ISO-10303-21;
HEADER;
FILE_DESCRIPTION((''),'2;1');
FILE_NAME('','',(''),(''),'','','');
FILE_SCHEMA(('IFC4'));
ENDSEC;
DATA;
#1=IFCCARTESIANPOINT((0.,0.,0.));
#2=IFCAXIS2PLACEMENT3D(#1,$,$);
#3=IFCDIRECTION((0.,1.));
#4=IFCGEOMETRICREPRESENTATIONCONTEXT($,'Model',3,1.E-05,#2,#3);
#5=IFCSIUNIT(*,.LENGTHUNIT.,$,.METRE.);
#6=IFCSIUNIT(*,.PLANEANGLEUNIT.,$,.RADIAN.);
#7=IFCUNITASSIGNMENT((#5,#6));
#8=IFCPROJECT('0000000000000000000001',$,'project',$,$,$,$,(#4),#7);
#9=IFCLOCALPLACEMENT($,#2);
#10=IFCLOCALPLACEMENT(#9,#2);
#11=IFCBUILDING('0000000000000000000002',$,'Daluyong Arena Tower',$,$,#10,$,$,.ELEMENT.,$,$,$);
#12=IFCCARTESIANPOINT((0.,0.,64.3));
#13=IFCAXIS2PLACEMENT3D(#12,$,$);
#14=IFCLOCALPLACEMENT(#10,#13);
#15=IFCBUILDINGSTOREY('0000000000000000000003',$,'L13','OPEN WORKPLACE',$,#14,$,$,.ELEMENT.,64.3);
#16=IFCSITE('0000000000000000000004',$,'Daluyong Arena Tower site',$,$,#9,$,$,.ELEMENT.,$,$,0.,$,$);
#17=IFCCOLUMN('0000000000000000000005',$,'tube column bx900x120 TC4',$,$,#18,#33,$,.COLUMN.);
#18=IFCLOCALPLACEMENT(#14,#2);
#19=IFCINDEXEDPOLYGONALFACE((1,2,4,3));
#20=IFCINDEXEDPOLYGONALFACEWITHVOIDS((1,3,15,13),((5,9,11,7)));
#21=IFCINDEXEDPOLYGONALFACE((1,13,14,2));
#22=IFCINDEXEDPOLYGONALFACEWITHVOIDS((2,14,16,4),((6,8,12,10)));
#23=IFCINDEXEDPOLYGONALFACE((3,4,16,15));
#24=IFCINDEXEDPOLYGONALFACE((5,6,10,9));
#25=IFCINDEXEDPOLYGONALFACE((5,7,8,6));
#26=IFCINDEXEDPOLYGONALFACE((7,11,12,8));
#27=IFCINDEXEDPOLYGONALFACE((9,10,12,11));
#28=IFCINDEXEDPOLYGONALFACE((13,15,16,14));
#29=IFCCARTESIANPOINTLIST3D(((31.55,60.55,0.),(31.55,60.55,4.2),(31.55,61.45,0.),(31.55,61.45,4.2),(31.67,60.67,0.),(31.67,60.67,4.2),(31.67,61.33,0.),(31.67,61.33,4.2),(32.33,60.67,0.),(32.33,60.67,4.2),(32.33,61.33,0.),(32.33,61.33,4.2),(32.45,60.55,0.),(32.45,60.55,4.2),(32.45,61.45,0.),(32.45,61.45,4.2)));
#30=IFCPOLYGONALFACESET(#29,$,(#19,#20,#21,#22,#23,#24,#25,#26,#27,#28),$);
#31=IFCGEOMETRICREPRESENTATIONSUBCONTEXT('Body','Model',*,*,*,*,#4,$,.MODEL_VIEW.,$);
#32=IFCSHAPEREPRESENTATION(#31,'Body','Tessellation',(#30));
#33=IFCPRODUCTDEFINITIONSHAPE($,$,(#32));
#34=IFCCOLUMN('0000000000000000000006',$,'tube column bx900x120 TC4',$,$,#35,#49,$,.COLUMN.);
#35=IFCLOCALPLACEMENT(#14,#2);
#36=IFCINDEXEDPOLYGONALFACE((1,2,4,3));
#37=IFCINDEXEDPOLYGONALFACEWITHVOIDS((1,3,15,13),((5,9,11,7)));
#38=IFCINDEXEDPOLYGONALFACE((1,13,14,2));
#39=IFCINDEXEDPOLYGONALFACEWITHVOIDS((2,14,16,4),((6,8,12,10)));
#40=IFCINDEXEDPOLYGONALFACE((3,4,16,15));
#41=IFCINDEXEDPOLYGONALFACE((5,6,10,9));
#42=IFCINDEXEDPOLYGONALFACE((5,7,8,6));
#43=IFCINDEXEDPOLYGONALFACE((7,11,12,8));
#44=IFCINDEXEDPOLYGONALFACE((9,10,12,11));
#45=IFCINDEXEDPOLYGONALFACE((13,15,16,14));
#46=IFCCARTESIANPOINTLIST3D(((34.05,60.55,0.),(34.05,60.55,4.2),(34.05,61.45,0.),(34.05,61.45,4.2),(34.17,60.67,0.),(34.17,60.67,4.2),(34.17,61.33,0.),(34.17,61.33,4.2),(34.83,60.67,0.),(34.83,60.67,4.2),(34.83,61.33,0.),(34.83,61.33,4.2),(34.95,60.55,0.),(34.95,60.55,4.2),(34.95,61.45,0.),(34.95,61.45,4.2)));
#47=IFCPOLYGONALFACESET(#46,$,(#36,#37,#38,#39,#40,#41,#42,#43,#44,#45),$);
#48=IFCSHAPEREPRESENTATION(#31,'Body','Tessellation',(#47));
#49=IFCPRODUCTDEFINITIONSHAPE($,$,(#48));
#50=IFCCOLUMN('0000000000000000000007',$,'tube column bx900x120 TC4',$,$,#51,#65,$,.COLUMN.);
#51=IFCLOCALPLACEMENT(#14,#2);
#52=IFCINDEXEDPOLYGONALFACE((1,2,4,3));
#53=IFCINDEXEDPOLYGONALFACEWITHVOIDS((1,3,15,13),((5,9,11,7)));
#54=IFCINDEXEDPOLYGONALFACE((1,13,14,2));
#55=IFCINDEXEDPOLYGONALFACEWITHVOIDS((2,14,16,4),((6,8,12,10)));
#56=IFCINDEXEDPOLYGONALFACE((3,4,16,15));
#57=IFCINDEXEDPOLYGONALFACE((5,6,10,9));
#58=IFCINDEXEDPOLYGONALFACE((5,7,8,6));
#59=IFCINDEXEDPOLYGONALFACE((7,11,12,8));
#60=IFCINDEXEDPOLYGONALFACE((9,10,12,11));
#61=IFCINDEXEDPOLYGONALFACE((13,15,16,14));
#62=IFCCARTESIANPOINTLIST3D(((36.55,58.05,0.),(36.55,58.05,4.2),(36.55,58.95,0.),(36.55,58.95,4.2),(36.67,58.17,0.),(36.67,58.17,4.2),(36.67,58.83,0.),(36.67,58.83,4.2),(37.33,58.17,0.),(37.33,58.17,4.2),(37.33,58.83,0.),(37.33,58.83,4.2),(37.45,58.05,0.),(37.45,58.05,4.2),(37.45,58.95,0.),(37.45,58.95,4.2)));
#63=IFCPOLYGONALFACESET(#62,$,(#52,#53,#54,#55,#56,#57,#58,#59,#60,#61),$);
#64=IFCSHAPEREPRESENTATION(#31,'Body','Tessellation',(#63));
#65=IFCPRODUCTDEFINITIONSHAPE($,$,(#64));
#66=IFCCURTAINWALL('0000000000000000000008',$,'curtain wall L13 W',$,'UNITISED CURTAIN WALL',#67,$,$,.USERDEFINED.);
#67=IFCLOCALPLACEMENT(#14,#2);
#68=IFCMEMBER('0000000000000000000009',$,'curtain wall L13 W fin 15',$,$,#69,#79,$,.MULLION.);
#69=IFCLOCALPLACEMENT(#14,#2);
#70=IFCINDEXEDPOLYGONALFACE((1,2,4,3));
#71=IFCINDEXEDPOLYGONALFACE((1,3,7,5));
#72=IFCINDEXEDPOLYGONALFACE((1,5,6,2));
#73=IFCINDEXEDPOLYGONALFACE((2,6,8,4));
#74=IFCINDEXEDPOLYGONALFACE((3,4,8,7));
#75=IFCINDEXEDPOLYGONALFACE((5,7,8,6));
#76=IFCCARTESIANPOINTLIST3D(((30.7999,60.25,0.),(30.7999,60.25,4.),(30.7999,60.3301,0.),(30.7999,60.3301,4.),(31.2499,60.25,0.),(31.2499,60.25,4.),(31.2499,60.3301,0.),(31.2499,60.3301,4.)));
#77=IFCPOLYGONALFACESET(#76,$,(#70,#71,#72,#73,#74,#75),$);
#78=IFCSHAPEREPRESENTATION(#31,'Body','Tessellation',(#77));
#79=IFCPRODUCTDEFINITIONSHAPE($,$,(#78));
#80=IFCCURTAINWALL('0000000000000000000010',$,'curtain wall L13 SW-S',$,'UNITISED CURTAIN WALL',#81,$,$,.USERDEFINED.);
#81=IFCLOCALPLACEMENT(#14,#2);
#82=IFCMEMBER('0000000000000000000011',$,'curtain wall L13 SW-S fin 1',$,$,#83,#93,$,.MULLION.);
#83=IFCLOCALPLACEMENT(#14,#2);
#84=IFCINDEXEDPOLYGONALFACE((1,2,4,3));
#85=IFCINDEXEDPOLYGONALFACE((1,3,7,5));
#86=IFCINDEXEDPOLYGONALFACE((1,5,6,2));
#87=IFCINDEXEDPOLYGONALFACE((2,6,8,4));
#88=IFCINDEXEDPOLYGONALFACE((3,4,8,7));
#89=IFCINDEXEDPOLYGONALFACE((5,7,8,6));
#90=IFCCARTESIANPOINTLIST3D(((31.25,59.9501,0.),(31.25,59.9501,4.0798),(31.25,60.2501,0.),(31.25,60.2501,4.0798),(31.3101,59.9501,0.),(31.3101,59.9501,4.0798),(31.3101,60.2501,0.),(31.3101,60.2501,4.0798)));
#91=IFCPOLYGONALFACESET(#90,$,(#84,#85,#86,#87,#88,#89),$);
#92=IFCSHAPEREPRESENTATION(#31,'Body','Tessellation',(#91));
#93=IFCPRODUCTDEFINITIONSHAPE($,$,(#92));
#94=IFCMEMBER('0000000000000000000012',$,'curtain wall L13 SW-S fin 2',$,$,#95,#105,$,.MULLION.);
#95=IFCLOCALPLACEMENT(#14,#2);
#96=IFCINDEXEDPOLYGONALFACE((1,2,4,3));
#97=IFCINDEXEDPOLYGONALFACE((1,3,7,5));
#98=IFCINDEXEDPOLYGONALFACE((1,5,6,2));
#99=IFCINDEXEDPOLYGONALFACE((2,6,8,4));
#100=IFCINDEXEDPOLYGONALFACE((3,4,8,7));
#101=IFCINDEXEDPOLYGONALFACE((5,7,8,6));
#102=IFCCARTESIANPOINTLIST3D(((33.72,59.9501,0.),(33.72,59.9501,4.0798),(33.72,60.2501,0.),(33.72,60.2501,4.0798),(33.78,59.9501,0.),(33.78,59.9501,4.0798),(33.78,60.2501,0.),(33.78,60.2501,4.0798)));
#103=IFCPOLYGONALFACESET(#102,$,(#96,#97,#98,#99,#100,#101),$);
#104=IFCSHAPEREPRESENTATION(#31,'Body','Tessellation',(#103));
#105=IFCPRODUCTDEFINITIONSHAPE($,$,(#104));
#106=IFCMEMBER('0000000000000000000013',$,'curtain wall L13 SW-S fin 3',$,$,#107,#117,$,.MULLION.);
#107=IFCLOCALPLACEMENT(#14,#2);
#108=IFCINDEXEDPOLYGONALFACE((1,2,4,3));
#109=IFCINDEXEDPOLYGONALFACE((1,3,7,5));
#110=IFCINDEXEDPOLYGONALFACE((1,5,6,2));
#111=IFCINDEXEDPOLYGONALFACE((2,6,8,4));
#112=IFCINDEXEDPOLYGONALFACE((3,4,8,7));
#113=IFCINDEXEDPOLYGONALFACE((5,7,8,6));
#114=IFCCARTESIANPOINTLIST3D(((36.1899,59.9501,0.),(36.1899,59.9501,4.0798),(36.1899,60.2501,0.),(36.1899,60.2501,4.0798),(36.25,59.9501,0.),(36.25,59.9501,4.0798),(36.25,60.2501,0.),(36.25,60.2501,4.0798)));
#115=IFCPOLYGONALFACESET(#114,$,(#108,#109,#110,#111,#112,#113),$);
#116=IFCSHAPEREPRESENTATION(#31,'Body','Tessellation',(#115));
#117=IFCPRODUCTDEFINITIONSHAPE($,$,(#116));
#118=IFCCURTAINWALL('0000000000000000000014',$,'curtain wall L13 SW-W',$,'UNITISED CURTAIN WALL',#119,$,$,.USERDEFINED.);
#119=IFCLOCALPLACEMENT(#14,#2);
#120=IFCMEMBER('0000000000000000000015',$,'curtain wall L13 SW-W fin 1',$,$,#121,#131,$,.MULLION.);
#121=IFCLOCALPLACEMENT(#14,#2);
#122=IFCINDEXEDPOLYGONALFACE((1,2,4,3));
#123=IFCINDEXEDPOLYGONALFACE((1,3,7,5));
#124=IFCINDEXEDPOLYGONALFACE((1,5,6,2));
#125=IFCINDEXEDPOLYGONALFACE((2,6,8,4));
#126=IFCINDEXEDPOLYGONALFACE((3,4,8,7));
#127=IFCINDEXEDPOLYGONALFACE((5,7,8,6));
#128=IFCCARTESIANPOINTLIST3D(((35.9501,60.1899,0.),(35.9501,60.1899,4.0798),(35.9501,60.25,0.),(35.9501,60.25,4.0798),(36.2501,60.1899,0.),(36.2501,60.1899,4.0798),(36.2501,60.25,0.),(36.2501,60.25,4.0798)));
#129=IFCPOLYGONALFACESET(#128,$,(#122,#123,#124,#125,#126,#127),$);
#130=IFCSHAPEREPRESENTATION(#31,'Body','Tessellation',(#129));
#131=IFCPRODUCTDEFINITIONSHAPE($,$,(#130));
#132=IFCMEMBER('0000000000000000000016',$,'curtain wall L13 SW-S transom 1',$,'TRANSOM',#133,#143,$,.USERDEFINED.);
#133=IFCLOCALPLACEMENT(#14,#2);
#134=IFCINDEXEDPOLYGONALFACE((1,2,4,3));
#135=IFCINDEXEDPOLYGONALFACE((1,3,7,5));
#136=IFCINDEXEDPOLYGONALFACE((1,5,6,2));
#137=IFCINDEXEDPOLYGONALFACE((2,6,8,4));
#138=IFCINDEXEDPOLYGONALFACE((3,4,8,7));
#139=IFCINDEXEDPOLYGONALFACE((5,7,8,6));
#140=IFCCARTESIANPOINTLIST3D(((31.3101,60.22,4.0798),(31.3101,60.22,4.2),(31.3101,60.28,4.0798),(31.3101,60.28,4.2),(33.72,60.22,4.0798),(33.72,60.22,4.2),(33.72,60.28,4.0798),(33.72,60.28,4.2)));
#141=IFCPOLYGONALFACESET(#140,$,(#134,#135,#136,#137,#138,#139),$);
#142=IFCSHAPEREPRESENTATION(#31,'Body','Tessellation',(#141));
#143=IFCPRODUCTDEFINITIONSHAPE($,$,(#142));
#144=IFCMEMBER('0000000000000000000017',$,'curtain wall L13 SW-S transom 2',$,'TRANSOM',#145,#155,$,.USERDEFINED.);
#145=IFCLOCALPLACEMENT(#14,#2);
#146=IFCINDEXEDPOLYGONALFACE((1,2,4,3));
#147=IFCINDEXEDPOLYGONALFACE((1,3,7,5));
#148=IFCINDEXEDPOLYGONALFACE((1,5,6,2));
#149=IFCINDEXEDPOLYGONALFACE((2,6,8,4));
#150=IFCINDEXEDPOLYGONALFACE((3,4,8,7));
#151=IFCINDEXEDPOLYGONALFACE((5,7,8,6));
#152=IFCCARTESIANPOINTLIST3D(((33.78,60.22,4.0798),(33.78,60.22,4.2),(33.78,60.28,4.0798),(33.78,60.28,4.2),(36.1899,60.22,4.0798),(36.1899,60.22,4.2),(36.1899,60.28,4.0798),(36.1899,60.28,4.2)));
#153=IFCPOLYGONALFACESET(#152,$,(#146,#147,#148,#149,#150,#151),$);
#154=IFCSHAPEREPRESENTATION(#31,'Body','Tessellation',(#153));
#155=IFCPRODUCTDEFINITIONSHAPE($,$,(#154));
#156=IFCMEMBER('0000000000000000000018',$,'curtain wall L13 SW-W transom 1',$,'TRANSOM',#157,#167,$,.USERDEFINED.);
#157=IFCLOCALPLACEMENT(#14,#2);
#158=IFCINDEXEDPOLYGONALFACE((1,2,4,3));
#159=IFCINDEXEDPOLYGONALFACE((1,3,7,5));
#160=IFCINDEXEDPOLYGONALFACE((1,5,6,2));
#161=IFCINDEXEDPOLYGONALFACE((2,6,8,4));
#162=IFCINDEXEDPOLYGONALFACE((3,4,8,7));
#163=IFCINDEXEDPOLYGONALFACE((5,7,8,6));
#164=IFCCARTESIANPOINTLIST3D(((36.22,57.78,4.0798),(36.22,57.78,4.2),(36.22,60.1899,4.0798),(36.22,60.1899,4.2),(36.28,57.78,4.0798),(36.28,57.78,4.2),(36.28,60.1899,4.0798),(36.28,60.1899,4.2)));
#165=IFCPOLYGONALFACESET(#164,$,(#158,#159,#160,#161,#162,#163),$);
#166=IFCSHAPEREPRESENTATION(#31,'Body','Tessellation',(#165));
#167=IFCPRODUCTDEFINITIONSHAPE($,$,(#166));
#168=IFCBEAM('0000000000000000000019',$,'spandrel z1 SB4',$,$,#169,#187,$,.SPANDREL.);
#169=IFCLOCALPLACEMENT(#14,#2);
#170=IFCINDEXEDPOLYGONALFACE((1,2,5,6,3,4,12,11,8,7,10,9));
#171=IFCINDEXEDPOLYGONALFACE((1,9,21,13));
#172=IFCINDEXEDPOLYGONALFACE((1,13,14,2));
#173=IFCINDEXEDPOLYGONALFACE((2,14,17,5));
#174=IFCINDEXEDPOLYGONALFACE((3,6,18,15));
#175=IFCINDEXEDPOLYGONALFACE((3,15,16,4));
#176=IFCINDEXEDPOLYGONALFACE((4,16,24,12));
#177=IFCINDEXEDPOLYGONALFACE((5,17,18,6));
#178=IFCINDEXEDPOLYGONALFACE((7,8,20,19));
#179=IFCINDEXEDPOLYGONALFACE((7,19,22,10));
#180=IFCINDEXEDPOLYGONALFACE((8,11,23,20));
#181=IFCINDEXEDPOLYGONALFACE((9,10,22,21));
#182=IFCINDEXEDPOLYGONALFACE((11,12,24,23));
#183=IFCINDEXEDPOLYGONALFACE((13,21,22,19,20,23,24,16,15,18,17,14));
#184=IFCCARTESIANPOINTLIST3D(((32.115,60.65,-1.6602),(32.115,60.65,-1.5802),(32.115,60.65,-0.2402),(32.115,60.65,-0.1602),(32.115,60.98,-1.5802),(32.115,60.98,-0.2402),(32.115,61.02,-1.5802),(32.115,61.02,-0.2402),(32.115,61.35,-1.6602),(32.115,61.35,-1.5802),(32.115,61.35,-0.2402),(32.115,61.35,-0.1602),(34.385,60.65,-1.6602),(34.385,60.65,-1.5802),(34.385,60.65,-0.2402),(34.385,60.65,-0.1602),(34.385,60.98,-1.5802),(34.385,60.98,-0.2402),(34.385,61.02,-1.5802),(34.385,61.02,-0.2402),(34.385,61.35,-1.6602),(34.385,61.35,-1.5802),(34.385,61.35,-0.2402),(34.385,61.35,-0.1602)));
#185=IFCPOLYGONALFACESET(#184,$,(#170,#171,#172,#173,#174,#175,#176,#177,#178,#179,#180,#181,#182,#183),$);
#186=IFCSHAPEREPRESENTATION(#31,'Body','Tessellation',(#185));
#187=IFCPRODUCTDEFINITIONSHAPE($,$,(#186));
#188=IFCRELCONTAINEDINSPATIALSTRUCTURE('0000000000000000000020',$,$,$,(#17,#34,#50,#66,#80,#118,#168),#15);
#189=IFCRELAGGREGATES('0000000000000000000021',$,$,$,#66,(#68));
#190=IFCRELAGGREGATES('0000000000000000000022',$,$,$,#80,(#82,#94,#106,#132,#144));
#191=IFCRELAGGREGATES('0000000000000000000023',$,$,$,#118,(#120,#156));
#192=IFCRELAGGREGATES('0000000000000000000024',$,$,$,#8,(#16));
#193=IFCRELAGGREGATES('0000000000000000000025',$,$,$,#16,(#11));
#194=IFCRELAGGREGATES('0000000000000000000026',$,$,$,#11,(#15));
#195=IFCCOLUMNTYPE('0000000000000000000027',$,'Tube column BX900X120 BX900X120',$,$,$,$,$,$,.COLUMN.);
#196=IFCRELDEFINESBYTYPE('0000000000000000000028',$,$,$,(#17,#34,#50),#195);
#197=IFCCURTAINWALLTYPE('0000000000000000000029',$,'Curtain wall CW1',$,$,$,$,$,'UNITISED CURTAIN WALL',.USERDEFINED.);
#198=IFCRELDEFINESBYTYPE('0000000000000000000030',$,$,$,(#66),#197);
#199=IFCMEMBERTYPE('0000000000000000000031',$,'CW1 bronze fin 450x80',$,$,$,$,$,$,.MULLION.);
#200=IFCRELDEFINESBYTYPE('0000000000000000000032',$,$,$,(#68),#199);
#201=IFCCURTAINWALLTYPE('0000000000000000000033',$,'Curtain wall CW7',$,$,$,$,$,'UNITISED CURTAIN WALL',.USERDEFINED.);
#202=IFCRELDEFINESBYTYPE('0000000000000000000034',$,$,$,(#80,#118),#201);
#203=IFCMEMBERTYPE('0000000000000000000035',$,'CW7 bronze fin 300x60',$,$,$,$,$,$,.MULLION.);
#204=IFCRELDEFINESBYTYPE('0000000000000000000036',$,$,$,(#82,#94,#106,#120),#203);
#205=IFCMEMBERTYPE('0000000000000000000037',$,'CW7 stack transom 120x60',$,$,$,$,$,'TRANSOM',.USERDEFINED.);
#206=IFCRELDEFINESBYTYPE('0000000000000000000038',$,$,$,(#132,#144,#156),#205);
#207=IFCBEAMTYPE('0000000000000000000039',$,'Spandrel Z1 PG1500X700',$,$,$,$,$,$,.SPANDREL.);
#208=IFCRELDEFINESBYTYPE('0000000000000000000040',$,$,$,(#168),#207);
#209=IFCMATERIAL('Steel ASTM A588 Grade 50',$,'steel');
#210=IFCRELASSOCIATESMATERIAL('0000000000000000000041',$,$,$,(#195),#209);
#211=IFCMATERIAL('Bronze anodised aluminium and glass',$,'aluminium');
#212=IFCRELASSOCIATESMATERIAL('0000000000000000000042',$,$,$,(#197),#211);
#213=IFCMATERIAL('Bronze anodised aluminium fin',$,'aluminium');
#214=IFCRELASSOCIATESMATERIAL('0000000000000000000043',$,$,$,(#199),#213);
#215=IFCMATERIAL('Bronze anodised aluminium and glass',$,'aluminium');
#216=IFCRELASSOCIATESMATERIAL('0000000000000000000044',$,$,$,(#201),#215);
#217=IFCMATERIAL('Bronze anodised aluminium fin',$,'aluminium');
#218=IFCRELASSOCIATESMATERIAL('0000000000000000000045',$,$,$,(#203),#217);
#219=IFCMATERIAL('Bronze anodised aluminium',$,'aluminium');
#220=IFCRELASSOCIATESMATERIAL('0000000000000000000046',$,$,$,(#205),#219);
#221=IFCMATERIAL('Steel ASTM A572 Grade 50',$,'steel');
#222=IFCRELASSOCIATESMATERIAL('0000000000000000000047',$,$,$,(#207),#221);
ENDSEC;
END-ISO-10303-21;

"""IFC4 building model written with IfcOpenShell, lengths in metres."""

from ifc_helpers import new_model, si_unit, direction, frame, origin, origin_2d, place, context, subcontext, project, spatial, rectangle, hollow_rectangle, i_section, extrude, material, material_profile, profile_set, type_object, element, aggregate, save


model = new_model("IFC4")

# Units and contexts
model_context = context("Model", 3, precision=1e-05, world=origin(), true_north=direction((0.0, 1.0)))
body_context = subcontext(model_context, "Body", "Model", "MODEL_VIEW")
ifc_project = project(units=[si_unit("LENGTHUNIT", "METRE"), si_unit("PLANEANGLEUNIT", "RADIAN")], contexts=[model_context])

# Site, building, storey
site_placement = place(None, origin())
site = spatial("IfcSite", under=ifc_project, at=site_placement, Name="Daluyong Arena Tower site", CompositionType="ELEMENT", RefElevation=0.0)
building_placement = place(site_placement, origin())
building = spatial("IfcBuilding", under=site, at=building_placement, Name="Daluyong Arena Tower", CompositionType="ELEMENT")
storey_placement = place(building_placement, frame((0.0, 0.0, 64.3)))
storey = spatial("IfcBuildingStorey", under=building, at=storey_placement, Name="L13", Description="OPEN WORKPLACE", CompositionType="ELEMENT", Elevation=64.3)

# Columns
ifc_material_1 = material(Name="Steel ASTM A588 Grade 50", Category="steel")
ifc_material_profile_1 = material_profile(ifc_material_1, hollow_rectangle(XDim=0.8999, YDim=0.8999, WallThickness=0.12, at=origin_2d()))
ifc_profile_set_1 = profile_set([ifc_material_profile_1], Name="Steel ASTM A588 Grade 50")
column_type = type_object("IfcColumnType", Name="Tube column BX900X120 BX900X120", PredefinedType="COLUMN", material=ifc_profile_set_1)
for number, where, z_axis, x_axis, name in (
    (1, (32.0, 61.0, 0.0), (0.0, 0.0, 1.0), (1.0, 0.0, 0.0), "tube column bx900x120 TC4"),
    (2, (34.5, 61.0, 0.0), (0.0, 0.0, 1.0), (1.0, 0.0, 0.0), "tube column bx900x120 TC4"),
    (3, (37.0, 58.5, 0.0), (0.0, 0.0, 1.0), (0.0, 1.0, 0.0), "tube column bx900x120 TC4"),
):
    element("IfcColumn", number, at=place(storey_placement, frame(where, z_axis=z_axis, x_axis=x_axis)), inside=storey, type_object=column_type, Name=name, PredefinedType="COLUMN", context=body_context, shape_type="SweptSolid", body=[
        extrude(hollow_rectangle(XDim=0.8999, YDim=0.8999, WallThickness=0.12, at=origin_2d()), origin(), (0.0, 0.0, 1.0), 4.2),
    ])

# Curtain wall, member
ifc_material_2 = material(Name="Bronze anodised aluminium and glass", Category="aluminium")
curtain_wall_type_1 = type_object("IfcCurtainWallType", Name="Curtain wall CW1", ElementType="UNITISED CURTAIN WALL", PredefinedType="USERDEFINED", material=ifc_material_2)
curtain_wall_1_placement = place(storey_placement, origin())
curtain_wall_1 = element("IfcCurtainWall", 4, at=curtain_wall_1_placement, inside=storey, type_object=curtain_wall_type_1, Name="curtain wall L13 W", ObjectType="UNITISED CURTAIN WALL", PredefinedType="USERDEFINED")
ifc_material_3 = material(Name="Bronze anodised aluminium fin", Category="aluminium")
ifc_material_profile_2 = material_profile(ifc_material_3, rectangle(XDim=0.45, YDim=0.0801, at=origin_2d()))
ifc_profile_set_2 = profile_set([ifc_material_profile_2], Name="Bronze anodised aluminium fin")
member_type_1 = type_object("IfcMemberType", Name="CW1 bronze fin 450x80", PredefinedType="MULLION", material=ifc_profile_set_2)
member_1_placement = place(storey_placement, frame((31.0249, 60.29, 0.0), z_axis=(0.0, 0.0, 1.0), x_axis=(1.0, 0.0, 0.0)))
member_1 = element("IfcMember", 5, at=member_1_placement, type_object=member_type_1, Name="curtain wall L13 W fin 15", PredefinedType="MULLION", context=body_context, shape_type="SweptSolid", body=[
    extrude(rectangle(XDim=0.45, YDim=0.0801, at=origin_2d()), origin(), (0.0, 0.0, 1.0), 4.0),
])
aggregate(curtain_wall_1, [member_1])

# Curtain wall, members
ifc_material_4 = material(Name="Bronze anodised aluminium and glass", Category="aluminium")
curtain_wall_type_2 = type_object("IfcCurtainWallType", Name="Curtain wall CW7", ElementType="UNITISED CURTAIN WALL", PredefinedType="USERDEFINED", material=ifc_material_4)
curtain_wall_2_placement = place(storey_placement, origin())
curtain_wall_2 = element("IfcCurtainWall", 6, at=curtain_wall_2_placement, inside=storey, type_object=curtain_wall_type_2, Name="curtain wall L13 SW-S", ObjectType="UNITISED CURTAIN WALL", PredefinedType="USERDEFINED")
ifc_material_5 = material(Name="Bronze anodised aluminium fin", Category="aluminium")
ifc_material_profile_3 = material_profile(ifc_material_5, rectangle(XDim=0.3, YDim=0.0601, at=origin_2d()))
ifc_profile_set_3 = profile_set([ifc_material_profile_3], Name="Bronze anodised aluminium fin")
member_type_2 = type_object("IfcMemberType", Name="CW7 bronze fin 300x60", PredefinedType="MULLION", material=ifc_profile_set_3)
member_2_placement = place(storey_placement, frame((31.28, 60.1001, 0.0), z_axis=(0.0, 0.0, 1.0), x_axis=(0.0, 1.0, 0.0)))
member_2 = element("IfcMember", 7, at=member_2_placement, type_object=member_type_2, Name="curtain wall L13 SW-S fin 1", PredefinedType="MULLION", context=body_context, shape_type="SweptSolid", body=[
    extrude(rectangle(XDim=0.3, YDim=0.0601, at=origin_2d()), origin(), (0.0, 0.0, 1.0), 4.0798),
])
member_3_placement = place(storey_placement, frame((33.75, 60.1001, 0.0), z_axis=(0.0, 0.0, 1.0), x_axis=(0.0, 1.0, 0.0)))
member_3 = element("IfcMember", 8, at=member_3_placement, type_object=member_type_2, Name="curtain wall L13 SW-S fin 2", PredefinedType="MULLION", context=body_context, shape_type="SweptSolid", body=[
    extrude(rectangle(XDim=0.3, YDim=0.0601, at=origin_2d()), origin(), (0.0, 0.0, 1.0), 4.0798),
])
member_4_placement = place(storey_placement, frame((36.22, 60.1001, 0.0), z_axis=(0.0, 0.0, 1.0), x_axis=(0.0, 1.0, 0.0)))
member_4 = element("IfcMember", 9, at=member_4_placement, type_object=member_type_2, Name="curtain wall L13 SW-S fin 3", PredefinedType="MULLION", context=body_context, shape_type="SweptSolid", body=[
    extrude(rectangle(XDim=0.3, YDim=0.0601, at=origin_2d()), origin(), (0.0, 0.0, 1.0), 4.0798),
])

# Curtain wall, member
curtain_wall_3_placement = place(storey_placement, origin())
curtain_wall_3 = element("IfcCurtainWall", 10, at=curtain_wall_3_placement, inside=storey, type_object=curtain_wall_type_2, Name="curtain wall L13 SW-W", ObjectType="UNITISED CURTAIN WALL", PredefinedType="USERDEFINED")
member_5_placement = place(storey_placement, frame((36.1001, 60.22, 0.0), z_axis=(0.0, 0.0, 1.0), x_axis=(1.0, 0.0, 0.0)))
member_5 = element("IfcMember", 11, at=member_5_placement, type_object=member_type_2, Name="curtain wall L13 SW-W fin 1", PredefinedType="MULLION", context=body_context, shape_type="SweptSolid", body=[
    extrude(rectangle(XDim=0.3, YDim=0.0601, at=origin_2d()), origin(), (0.0, 0.0, 1.0), 4.0798),
])

# Members
ifc_material_6 = material(Name="Bronze anodised aluminium", Category="aluminium")
ifc_material_profile_4 = material_profile(ifc_material_6, rectangle(XDim=0.0601, YDim=0.1201, at=origin_2d()))
ifc_profile_set_4 = profile_set([ifc_material_profile_4], Name="Bronze anodised aluminium")
member_type_3 = type_object("IfcMemberType", Name="CW7 stack transom 120x60", ElementType="TRANSOM", PredefinedType="USERDEFINED", material=ifc_profile_set_4)
member_6_placement = place(storey_placement, frame((31.3101, 60.25, 4.1399), z_axis=(1.0, 0.0, 0.0), x_axis=(0.0, 1.0, 0.0)))
member_6 = element("IfcMember", 12, at=member_6_placement, type_object=member_type_3, Name="curtain wall L13 SW-S transom 1", ObjectType="TRANSOM", PredefinedType="USERDEFINED", context=body_context, shape_type="SweptSolid", body=[
    extrude(rectangle(XDim=0.0601, YDim=0.1201, at=origin_2d()), origin(), (0.0, 0.0, 1.0), 2.4099),
])
member_7_placement = place(storey_placement, frame((33.78, 60.25, 4.1399), z_axis=(1.0, 0.0, 0.0), x_axis=(0.0, 1.0, 0.0)))
member_7 = element("IfcMember", 13, at=member_7_placement, type_object=member_type_3, Name="curtain wall L13 SW-S transom 2", ObjectType="TRANSOM", PredefinedType="USERDEFINED", context=body_context, shape_type="SweptSolid", body=[
    extrude(rectangle(XDim=0.0601, YDim=0.1201, at=origin_2d()), origin(), (0.0, 0.0, 1.0), 2.4099),
])
member_8_placement = place(storey_placement, frame((36.25, 60.1899, 4.1399), z_axis=(0.0, -1.0, 0.0), x_axis=(1.0, 0.0, 0.0)))
member_8 = element("IfcMember", 14, at=member_8_placement, type_object=member_type_3, Name="curtain wall L13 SW-W transom 1", ObjectType="TRANSOM", PredefinedType="USERDEFINED", context=body_context, shape_type="SweptSolid", body=[
    extrude(rectangle(XDim=0.0601, YDim=0.1201, at=origin_2d()), origin(), (0.0, 0.0, 1.0), 2.4099),
])

# Beam
ifc_material_7 = material(Name="Steel ASTM A572 Grade 50", Category="steel")
ifc_material_profile_5 = material_profile(ifc_material_7, i_section(OverallWidth=0.7, OverallDepth=1.5, WebThickness=0.04, FlangeThickness=0.08, at=origin_2d()))
ifc_profile_set_5 = profile_set([ifc_material_profile_5], Name="Steel ASTM A572 Grade 50")
beam_type = type_object("IfcBeamType", Name="Spandrel Z1 PG1500X700", PredefinedType="SPANDREL", material=ifc_profile_set_5)
for number, where, z_axis, x_axis, name in (
    (15, (32.115, 61.0, -0.9102), (1.0, 0.0, 0.0), (0.0, 1.0, 0.0), "spandrel z1 SB4"),
):
    element("IfcBeam", number, at=place(storey_placement, frame(where, z_axis=z_axis, x_axis=x_axis)), inside=storey, type_object=beam_type, Name=name, PredefinedType="SPANDREL", context=body_context, shape_type="SweptSolid", body=[
        extrude(i_section(OverallWidth=0.7, OverallDepth=1.5, WebThickness=0.04, FlangeThickness=0.08, at=origin_2d()), origin(), (0.0, 0.0, 1.0), 2.27),
    ])

aggregate(curtain_wall_2, [member_2, member_3, member_4, member_6, member_7])
aggregate(curtain_wall_3, [member_5, member_8])

save(model, "model.ifc")
